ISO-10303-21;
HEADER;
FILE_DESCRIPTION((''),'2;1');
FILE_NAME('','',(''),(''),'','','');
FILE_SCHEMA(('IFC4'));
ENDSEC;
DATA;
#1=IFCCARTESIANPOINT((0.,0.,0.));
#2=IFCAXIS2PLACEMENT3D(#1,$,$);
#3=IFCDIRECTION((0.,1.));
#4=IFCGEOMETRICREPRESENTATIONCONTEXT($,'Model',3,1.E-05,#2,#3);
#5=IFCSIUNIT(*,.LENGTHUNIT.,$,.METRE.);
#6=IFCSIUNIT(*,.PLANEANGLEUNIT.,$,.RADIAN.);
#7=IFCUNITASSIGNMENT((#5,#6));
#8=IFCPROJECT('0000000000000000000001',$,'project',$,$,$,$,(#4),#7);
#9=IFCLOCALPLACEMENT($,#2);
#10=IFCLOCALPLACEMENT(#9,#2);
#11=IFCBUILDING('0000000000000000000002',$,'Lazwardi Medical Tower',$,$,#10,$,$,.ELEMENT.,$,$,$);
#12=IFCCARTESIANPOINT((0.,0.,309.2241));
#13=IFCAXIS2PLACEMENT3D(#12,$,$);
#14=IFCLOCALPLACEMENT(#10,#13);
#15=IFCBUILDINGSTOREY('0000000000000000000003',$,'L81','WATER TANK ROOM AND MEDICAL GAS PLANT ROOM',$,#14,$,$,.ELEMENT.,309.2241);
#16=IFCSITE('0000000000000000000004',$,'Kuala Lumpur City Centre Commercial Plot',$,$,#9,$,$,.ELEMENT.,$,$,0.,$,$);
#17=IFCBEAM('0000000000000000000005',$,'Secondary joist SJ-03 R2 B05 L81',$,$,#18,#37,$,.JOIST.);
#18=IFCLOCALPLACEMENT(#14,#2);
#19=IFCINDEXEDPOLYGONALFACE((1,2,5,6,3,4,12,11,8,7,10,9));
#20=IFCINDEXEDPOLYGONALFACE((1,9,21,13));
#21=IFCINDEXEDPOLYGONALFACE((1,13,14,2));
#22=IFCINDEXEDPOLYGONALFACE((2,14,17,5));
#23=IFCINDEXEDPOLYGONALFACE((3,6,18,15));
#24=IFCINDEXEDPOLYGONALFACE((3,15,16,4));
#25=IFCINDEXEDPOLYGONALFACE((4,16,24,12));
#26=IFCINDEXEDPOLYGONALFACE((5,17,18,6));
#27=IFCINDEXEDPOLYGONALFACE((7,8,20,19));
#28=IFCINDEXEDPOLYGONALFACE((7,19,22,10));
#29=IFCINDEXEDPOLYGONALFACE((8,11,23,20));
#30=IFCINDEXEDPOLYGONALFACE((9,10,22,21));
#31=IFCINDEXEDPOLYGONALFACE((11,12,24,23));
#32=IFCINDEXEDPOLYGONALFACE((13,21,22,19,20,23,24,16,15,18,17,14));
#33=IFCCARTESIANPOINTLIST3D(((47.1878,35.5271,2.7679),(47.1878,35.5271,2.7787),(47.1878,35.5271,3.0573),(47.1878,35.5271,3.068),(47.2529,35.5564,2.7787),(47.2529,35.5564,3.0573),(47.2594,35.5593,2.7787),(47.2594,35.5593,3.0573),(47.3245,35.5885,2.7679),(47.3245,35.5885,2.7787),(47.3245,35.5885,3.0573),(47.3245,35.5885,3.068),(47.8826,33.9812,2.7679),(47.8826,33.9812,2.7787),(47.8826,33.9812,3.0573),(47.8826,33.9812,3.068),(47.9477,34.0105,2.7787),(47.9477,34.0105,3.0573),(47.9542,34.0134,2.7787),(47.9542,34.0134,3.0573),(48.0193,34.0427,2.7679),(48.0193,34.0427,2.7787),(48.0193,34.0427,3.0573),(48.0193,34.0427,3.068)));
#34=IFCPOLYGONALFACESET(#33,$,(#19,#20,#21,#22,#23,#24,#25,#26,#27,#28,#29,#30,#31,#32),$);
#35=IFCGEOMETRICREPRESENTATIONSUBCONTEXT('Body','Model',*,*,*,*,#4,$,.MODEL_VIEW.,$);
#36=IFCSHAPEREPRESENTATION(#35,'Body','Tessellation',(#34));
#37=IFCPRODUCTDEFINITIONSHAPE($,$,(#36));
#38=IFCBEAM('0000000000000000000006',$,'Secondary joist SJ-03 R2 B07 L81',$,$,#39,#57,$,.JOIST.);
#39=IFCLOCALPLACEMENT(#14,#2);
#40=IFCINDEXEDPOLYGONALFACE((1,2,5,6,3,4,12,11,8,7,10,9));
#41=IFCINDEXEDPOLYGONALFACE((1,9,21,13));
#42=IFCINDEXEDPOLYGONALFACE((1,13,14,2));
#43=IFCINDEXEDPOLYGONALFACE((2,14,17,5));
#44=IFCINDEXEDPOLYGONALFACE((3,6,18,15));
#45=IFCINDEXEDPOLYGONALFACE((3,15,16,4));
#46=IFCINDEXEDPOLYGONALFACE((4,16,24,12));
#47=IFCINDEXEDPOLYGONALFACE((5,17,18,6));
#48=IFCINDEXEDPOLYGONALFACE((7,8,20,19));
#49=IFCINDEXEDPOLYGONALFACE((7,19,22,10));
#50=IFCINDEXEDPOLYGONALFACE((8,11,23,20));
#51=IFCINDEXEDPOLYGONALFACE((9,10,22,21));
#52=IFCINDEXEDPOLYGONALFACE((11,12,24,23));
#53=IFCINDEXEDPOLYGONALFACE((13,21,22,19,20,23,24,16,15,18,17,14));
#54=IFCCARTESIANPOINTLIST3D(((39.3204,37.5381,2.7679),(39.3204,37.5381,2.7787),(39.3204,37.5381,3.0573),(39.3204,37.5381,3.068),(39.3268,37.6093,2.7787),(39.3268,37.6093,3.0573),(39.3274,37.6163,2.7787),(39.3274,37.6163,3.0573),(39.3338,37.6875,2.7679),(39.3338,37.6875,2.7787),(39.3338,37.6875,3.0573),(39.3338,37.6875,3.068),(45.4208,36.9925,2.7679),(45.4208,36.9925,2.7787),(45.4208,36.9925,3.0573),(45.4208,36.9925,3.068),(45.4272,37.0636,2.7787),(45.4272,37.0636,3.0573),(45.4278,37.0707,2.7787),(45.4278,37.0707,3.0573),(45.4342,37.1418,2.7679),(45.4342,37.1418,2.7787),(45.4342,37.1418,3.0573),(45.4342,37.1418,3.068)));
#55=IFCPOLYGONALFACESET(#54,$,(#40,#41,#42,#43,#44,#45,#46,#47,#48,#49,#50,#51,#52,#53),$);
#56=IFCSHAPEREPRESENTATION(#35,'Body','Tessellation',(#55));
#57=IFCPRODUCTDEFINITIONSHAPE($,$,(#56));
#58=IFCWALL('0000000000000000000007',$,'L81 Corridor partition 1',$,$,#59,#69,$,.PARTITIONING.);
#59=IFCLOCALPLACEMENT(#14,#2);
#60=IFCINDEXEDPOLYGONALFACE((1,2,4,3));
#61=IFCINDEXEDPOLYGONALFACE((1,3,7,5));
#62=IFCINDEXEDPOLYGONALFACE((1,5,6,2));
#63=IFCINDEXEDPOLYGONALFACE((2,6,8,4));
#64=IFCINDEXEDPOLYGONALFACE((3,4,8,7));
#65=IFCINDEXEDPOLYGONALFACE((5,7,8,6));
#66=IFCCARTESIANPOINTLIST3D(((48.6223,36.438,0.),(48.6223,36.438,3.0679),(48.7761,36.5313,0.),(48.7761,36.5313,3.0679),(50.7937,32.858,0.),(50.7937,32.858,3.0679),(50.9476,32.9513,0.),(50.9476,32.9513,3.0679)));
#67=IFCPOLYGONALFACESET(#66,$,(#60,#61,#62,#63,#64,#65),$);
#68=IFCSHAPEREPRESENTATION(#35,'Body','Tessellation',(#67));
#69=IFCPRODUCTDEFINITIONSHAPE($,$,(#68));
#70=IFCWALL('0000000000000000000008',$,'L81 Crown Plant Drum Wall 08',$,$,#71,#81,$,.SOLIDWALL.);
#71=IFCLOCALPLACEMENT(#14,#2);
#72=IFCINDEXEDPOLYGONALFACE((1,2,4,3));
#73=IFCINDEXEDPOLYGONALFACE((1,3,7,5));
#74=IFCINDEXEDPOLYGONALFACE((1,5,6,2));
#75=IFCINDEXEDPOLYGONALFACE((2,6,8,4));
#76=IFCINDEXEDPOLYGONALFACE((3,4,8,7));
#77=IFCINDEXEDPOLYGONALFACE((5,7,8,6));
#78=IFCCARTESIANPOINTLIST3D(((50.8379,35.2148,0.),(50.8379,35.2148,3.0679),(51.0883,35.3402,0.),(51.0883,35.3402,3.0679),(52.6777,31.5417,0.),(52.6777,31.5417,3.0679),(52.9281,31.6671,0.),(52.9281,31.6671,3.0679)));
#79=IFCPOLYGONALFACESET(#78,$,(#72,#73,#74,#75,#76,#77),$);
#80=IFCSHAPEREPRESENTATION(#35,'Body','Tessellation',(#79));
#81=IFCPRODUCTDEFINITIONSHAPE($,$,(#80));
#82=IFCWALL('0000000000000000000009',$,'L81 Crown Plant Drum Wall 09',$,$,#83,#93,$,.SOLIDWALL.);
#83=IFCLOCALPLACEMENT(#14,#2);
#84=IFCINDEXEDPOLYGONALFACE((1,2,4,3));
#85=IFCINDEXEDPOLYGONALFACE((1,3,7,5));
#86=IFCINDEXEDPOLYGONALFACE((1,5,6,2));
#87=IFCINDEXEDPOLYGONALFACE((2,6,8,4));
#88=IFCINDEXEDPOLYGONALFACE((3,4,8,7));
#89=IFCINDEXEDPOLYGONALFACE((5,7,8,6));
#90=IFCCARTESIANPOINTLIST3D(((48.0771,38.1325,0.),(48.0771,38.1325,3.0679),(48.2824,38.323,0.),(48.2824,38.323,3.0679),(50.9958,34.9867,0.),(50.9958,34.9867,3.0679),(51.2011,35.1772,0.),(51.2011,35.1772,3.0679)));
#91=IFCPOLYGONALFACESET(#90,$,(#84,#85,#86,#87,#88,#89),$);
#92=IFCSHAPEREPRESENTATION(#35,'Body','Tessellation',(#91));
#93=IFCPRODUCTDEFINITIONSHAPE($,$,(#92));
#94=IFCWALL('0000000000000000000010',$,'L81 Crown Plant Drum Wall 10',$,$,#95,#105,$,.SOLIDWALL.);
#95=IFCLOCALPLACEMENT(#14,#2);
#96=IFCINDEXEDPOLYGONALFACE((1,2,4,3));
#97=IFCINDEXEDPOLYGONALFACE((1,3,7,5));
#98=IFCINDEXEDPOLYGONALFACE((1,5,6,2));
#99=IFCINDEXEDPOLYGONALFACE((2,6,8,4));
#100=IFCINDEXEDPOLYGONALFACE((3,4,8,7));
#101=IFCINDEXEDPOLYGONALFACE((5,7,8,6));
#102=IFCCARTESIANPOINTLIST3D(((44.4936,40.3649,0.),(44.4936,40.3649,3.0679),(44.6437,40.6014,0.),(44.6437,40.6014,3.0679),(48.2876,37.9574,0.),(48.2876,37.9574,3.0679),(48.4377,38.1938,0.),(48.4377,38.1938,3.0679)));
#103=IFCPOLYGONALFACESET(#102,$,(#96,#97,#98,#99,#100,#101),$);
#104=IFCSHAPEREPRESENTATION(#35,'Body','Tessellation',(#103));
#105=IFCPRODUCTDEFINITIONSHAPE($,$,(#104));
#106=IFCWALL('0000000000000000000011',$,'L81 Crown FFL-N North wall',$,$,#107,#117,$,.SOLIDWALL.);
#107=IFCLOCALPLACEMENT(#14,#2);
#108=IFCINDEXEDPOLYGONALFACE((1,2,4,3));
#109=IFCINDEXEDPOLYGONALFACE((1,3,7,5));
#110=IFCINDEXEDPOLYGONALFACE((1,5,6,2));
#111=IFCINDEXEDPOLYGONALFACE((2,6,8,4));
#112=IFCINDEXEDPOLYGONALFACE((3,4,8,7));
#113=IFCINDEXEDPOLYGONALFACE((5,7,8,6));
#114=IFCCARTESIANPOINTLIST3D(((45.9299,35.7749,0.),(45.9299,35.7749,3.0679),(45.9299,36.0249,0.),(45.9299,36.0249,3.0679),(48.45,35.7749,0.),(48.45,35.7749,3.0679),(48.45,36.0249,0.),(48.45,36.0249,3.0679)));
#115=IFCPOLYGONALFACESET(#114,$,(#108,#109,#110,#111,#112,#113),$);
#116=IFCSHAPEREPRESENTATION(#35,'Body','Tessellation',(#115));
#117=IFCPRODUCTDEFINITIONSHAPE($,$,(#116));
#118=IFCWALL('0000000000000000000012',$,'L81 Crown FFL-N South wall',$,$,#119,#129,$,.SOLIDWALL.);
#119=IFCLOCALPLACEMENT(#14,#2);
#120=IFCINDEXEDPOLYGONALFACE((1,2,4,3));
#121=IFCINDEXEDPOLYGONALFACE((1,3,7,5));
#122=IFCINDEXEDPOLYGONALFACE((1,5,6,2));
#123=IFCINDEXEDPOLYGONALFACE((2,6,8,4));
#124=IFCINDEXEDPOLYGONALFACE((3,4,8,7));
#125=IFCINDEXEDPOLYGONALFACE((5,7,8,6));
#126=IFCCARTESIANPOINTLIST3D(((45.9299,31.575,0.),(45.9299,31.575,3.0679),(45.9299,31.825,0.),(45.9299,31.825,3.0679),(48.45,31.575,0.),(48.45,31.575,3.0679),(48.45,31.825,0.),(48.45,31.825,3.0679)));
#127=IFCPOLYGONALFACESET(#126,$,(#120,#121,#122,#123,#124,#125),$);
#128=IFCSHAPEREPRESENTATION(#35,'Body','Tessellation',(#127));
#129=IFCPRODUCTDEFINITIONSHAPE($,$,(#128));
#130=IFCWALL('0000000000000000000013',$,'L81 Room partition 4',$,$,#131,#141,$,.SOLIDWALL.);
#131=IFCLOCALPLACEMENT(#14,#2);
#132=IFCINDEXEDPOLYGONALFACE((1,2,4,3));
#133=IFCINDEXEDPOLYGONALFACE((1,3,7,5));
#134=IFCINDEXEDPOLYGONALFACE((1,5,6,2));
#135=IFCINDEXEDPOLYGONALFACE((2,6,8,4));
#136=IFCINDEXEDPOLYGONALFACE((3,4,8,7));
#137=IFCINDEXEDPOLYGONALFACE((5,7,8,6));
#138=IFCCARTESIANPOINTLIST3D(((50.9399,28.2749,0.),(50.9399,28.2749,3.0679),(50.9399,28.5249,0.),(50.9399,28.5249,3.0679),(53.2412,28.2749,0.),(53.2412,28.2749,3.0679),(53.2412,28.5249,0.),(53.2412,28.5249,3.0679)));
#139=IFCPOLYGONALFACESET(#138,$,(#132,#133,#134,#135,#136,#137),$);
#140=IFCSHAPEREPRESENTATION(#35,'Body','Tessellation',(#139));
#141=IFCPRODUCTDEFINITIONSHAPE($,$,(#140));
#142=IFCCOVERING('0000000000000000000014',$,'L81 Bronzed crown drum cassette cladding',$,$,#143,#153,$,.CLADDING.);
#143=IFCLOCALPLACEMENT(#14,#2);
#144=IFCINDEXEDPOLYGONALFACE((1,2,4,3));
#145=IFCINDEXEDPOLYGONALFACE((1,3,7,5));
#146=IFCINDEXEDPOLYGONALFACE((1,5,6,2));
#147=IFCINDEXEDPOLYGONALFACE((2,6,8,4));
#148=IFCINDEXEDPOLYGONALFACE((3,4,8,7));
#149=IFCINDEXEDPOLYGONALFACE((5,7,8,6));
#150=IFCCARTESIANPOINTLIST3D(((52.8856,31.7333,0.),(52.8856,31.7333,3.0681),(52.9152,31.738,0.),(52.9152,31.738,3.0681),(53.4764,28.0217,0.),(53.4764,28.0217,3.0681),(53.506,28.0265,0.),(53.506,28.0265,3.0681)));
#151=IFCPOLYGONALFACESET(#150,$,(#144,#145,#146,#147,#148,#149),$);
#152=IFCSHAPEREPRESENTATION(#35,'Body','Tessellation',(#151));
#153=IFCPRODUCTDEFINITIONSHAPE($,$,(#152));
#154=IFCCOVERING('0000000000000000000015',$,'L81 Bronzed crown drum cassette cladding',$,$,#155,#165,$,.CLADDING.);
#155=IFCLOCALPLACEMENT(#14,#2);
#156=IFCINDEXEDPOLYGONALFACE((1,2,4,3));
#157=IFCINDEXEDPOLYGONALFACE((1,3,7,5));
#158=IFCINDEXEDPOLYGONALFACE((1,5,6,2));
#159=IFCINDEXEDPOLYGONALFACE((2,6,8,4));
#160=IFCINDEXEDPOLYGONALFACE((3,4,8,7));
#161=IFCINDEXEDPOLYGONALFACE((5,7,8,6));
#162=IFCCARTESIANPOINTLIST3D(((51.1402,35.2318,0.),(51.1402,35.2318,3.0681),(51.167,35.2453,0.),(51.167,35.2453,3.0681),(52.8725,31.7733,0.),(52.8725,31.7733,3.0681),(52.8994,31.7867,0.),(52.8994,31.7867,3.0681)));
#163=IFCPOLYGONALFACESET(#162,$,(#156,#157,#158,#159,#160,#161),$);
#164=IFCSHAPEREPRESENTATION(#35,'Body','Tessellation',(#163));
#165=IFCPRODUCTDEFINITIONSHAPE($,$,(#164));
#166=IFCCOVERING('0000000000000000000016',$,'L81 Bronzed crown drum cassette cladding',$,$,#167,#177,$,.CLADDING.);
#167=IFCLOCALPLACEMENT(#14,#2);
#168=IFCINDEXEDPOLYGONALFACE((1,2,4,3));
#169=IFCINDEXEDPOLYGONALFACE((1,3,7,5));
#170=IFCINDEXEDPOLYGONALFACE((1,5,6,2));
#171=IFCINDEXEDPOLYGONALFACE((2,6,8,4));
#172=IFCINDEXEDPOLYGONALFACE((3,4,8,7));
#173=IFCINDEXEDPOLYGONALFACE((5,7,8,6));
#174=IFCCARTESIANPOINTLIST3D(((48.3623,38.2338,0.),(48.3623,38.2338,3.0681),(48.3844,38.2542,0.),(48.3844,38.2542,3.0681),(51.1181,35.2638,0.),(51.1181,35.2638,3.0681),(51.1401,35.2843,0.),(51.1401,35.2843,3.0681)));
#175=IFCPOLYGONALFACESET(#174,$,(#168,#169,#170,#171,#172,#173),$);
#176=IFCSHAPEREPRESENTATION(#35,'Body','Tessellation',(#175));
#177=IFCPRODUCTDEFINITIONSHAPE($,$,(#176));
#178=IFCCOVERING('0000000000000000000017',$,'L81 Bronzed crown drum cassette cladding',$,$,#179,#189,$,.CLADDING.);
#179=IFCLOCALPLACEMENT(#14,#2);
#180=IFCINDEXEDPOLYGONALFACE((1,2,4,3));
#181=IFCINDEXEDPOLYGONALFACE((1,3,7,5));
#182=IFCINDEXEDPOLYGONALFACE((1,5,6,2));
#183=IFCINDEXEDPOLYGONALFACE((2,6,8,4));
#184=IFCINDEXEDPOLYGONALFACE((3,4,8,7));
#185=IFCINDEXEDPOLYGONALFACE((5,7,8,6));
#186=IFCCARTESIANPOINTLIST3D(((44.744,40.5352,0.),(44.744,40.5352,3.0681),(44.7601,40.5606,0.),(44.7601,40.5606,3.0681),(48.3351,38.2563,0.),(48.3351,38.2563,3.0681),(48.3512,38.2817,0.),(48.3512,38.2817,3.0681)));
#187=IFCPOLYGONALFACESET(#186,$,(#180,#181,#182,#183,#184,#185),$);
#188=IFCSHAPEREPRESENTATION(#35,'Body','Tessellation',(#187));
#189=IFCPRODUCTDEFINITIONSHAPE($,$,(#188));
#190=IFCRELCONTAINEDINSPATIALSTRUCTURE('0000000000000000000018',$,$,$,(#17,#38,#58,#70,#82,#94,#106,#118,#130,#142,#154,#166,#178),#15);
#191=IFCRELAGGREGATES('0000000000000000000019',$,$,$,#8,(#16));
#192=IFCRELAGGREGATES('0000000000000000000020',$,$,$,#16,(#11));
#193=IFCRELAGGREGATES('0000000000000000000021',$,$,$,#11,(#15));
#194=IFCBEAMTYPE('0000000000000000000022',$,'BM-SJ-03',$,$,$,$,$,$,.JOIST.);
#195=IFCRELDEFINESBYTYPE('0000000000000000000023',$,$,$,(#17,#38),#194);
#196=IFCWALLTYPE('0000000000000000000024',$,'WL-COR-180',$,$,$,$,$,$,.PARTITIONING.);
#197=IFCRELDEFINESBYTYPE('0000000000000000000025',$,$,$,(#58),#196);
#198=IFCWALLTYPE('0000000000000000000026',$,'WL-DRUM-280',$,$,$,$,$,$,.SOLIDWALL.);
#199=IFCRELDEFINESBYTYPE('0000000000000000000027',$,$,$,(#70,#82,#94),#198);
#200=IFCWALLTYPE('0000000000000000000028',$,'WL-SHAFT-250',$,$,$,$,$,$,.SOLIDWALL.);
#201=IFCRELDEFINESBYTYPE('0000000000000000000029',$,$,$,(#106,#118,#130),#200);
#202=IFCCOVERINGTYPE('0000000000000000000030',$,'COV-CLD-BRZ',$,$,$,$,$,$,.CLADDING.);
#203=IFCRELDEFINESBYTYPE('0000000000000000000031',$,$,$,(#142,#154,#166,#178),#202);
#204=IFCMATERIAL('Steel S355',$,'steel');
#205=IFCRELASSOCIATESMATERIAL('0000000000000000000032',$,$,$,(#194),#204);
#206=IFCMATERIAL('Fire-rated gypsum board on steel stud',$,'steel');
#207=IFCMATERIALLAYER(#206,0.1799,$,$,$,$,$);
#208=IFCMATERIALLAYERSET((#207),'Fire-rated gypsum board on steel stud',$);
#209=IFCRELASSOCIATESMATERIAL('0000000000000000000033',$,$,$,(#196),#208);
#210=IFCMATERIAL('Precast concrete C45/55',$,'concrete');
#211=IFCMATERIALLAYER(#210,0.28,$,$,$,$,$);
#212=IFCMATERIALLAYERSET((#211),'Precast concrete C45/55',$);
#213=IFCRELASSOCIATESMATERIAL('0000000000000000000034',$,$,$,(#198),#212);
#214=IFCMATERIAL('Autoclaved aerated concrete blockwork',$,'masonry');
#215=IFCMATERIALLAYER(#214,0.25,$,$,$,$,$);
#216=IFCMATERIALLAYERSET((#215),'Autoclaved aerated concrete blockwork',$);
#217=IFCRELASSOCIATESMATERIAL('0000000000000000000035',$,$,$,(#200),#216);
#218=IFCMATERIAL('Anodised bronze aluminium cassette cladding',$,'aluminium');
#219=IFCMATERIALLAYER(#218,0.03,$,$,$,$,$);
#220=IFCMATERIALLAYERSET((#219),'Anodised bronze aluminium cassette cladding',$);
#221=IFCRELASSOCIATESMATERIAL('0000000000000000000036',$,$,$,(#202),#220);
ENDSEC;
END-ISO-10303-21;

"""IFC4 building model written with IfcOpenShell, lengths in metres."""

from ifc_helpers import new_model, si_unit, direction, frame, frame_2d, origin, origin_2d, place, context, subcontext, project, spatial, rectangle, i_section, extrude, material, layer, layer_set, material_profile, profile_set, type_object, element, save


model = new_model("IFC4")

# Units and contexts
model_context = context("Model", 3, precision=1e-05, world=origin(), true_north=direction((0.0, 1.0)))
body_context = subcontext(model_context, "Body", "Model", "MODEL_VIEW")
ifc_project = project(units=[si_unit("LENGTHUNIT", "METRE"), si_unit("PLANEANGLEUNIT", "RADIAN")], contexts=[model_context])

# Site, building, storey
site_placement = place(None, origin())
site = spatial("IfcSite", under=ifc_project, at=site_placement, Name="Kuala Lumpur City Centre Commercial Plot", CompositionType="ELEMENT", RefElevation=0.0)
building_placement = place(site_placement, origin())
building = spatial("IfcBuilding", under=site, at=building_placement, Name="Lazwardi Medical Tower", CompositionType="ELEMENT")
storey_placement = place(building_placement, frame((0.0, 0.0, 309.2241)))
storey = spatial("IfcBuildingStorey", under=building, at=storey_placement, Name="L81", Description="WATER TANK ROOM AND MEDICAL GAS PLANT ROOM", CompositionType="ELEMENT", Elevation=309.2241)

# Beams
ifc_material_1 = material(Name="Steel S355", Category="steel")
ifc_material_profile_1 = material_profile(ifc_material_1, i_section(OverallWidth=0.1499, OverallDepth=0.3, WebThickness=0.0071, FlangeThickness=0.0107, at=origin_2d()), Name="IPE 300")
ifc_profile_set_1 = profile_set([ifc_material_profile_1], Name="Steel S355")
beam_type_1 = type_object("IfcBeamType", Name="BM-SJ-03", PredefinedType="JOIST", material=ifc_profile_set_1)
beam_1_placement = place(storey_placement, frame((47.9509, 34.012, 2.918), z_axis=(-0.409957, 0.912105, 0.0), x_axis=(-0.912105, -0.409957, 0.0)))
element("IfcBeam", 1, at=beam_1_placement, inside=storey, type_object=beam_type_1, Name="Secondary joist SJ-03 R2 B05 L81", PredefinedType="JOIST", context=body_context, shape_type="SweptSolid", body=[
    extrude(i_section(OverallWidth=0.1499, OverallDepth=0.3, WebThickness=0.0071, FlangeThickness=0.0107, at=origin_2d()), origin(), (0.0, 0.0, 1.0), 1.6948),
])
beam_2_placement = place(storey_placement, frame((45.4275, 37.0671, 2.918), z_axis=(-0.996024, 0.089091, 0.0), x_axis=(-0.089091, -0.996024, 0.0)))
element("IfcBeam", 2, at=beam_2_placement, inside=storey, type_object=beam_type_1, Name="Secondary joist SJ-03 R2 B07 L81", PredefinedType="JOIST", context=body_context, shape_type="SweptSolid", body=[
    extrude(i_section(OverallWidth=0.1499, OverallDepth=0.3, WebThickness=0.0071, FlangeThickness=0.0107, at=origin_2d()), origin(), (0.0, 0.0, 1.0), 6.1248),
])

# Wall
ifc_material_2 = material(Name="Fire-rated gypsum board on steel stud", Category="steel")
ifc_layer_1 = layer(ifc_material_2, 0.1799)
ifc_layer_set_1 = layer_set([ifc_layer_1], Name="Fire-rated gypsum board on steel stud")
wall_type_1 = type_object("IfcWallType", Name="WL-COR-180", PredefinedType="PARTITIONING", material=ifc_layer_set_1)
wall_1_placement = place(storey_placement, frame((48.6992, 36.4846, 0.0), z_axis=(0.0, 0.0, 1.0), x_axis=(0.518614, -0.855008, 0.0)))
element("IfcWall", 3, at=wall_1_placement, inside=storey, type_object=wall_type_1, Name="L81 Corridor partition 1", PredefinedType="PARTITIONING", context=body_context, shape_type="SweptSolid", body=[
    extrude(rectangle(XDim=4.187, YDim=0.1799, at=frame_2d((2.0935, 0.0))), origin(), (0.0, 0.0, 1.0), 3.0679),
])

# Walls
ifc_material_3 = material(Name="Precast concrete C45/55", Category="concrete")
ifc_layer_2 = layer(ifc_material_3, 0.28)
ifc_layer_set_2 = layer_set([ifc_layer_2], Name="Precast concrete C45/55")
wall_type_2 = type_object("IfcWallType", Name="WL-DRUM-280", PredefinedType="SOLIDWALL", material=ifc_layer_set_2)
wall_2_placement = place(storey_placement, frame((52.803, 31.6042, 0.0), z_axis=(0.0, 0.0, 1.0), x_axis=(-0.447855, 0.894106, 0.0)))
element("IfcWall", 4, at=wall_2_placement, inside=storey, type_object=wall_type_2, Name="L81 Crown Plant Drum Wall 08", PredefinedType="SOLIDWALL", context=body_context, shape_type="SweptSolid", body=[
    extrude(rectangle(XDim=4.1082, YDim=0.28, at=frame_2d((2.0542, 0.0))), origin(), (0.0, 0.0, 1.0), 3.0679),
])
wall_3_placement = place(storey_placement, frame((51.0984, 35.082, 0.0), z_axis=(0.0, 0.0, 1.0), x_axis=(-0.680156, 0.733067, 0.0)))
element("IfcWall", 5, at=wall_3_placement, inside=storey, type_object=wall_type_2, Name="L81 Crown Plant Drum Wall 09", PredefinedType="SOLIDWALL", context=body_context, shape_type="SweptSolid", body=[
    extrude(rectangle(XDim=4.2913, YDim=0.28, at=frame_2d((2.1455, 0.0))), origin(), (0.0, 0.0, 1.0), 3.0679),
])
wall_4_placement = place(storey_placement, frame((48.3625, 38.0757, 0.0), z_axis=(0.0, 0.0, 1.0), x_axis=(-0.844352, 0.535789, 0.0)))
element("IfcWall", 6, at=wall_4_placement, inside=storey, type_object=wall_type_2, Name="L81 Crown Plant Drum Wall 10", PredefinedType="SOLIDWALL", context=body_context, shape_type="SweptSolid", body=[
    extrude(rectangle(XDim=4.4934, YDim=0.28, at=frame_2d((2.2466, 0.0))), origin(), (0.0, 0.0, 1.0), 3.0679),
])
ifc_material_4 = material(Name="Autoclaved aerated concrete blockwork", Category="masonry")
ifc_layer_3 = layer(ifc_material_4, 0.25)
ifc_layer_set_3 = layer_set([ifc_layer_3], Name="Autoclaved aerated concrete blockwork")
wall_type_3 = type_object("IfcWallType", Name="WL-SHAFT-250", PredefinedType="SOLIDWALL", material=ifc_layer_set_3)
for number, where, z_axis, x_axis, name in (
    (7, (45.9299, 35.8999, 0.0), (0.0, 0.0, 1.0), (1.0, 0.0, 0.0), "L81 Crown FFL-N North wall"),
    (8, (45.9299, 31.7, 0.0), (0.0, 0.0, 1.0), (1.0, 0.0, 0.0), "L81 Crown FFL-N South wall"),
):
    element("IfcWall", number, at=place(storey_placement, frame(where, z_axis=z_axis, x_axis=x_axis)), inside=storey, type_object=wall_type_3, Name=name, PredefinedType="SOLIDWALL", context=body_context, shape_type="SweptSolid", body=[
        extrude(rectangle(XDim=2.52, YDim=0.25, at=frame_2d((1.26, 0.0))), origin(), (0.0, 0.0, 1.0), 3.0679),
    ])
wall_5_placement = place(storey_placement, frame((50.9399, 28.3999, 0.0), z_axis=(0.0, 0.0, 1.0), x_axis=(1.0, 0.0, 0.0)))
element("IfcWall", 9, at=wall_5_placement, inside=storey, type_object=wall_type_3, Name="L81 Room partition 4", PredefinedType="SOLIDWALL", context=body_context, shape_type="SweptSolid", body=[
    extrude(rectangle(XDim=2.3013, YDim=0.25, at=frame_2d((1.1506, 0.0))), origin(), (0.0, 0.0, 1.0), 3.0679),
])

# Coverings
ifc_material_5 = material(Name="Anodised bronze aluminium cassette cladding", Category="aluminium")
ifc_layer_4 = layer(ifc_material_5, 0.03)
ifc_layer_set_4 = layer_set([ifc_layer_4], Name="Anodised bronze aluminium cassette cladding")
covering_type = type_object("IfcCoveringType", Name="COV-CLD-BRZ", PredefinedType="CLADDING", material=ifc_layer_set_4)
covering_1_placement = place(storey_placement, frame((53.1958, 29.8799, 0.0), z_axis=(0.0, 0.0, 1.0), x_axis=(-0.157202, 0.987567, 0.0)))
element("IfcCovering", 10, at=covering_1_placement, inside=storey, type_object=covering_type, Name="L81 Bronzed crown drum cassette cladding", PredefinedType="CLADDING", context=body_context, shape_type="SweptSolid", body=[
    extrude(rectangle(XDim=3.7583, YDim=0.03, at=origin_2d()), origin(), (0.0, 0.0, 1.0), 3.0681),
])
covering_2_placement = place(storey_placement, frame((52.0198, 33.5093, 0.0), z_axis=(0.0, 0.0, 1.0), x_axis=(-0.447845, 0.894111, 0.0)))
element("IfcCovering", 11, at=covering_2_placement, inside=storey, type_object=covering_type, Name="L81 Bronzed crown drum cassette cladding", PredefinedType="CLADDING", context=body_context, shape_type="SweptSolid", body=[
    extrude(rectangle(XDim=3.8682, YDim=0.03, at=origin_2d()), origin(), (0.0, 0.0, 1.0), 3.0681),
])
covering_3_placement = place(storey_placement, frame((49.7512, 36.759, 0.0), z_axis=(0.0, 0.0, 1.0), x_axis=(-0.680177, 0.733048, 0.0)))
element("IfcCovering", 12, at=covering_3_placement, inside=storey, type_object=covering_type, Name="L81 Bronzed crown drum cassette cladding", PredefinedType="CLADDING", context=body_context, shape_type="SweptSolid", body=[
    extrude(rectangle(XDim=4.0515, YDim=0.03, at=origin_2d()), origin(), (0.0, 0.0, 1.0), 3.0681),
])
covering_4_placement = place(storey_placement, frame((46.5476, 39.4084, 0.0), z_axis=(0.0, 0.0, 1.0), x_axis=(-0.844343, 0.535803, 0.0)))
element("IfcCovering", 13, at=covering_4_placement, inside=storey, type_object=covering_type, Name="L81 Bronzed crown drum cassette cladding", PredefinedType="CLADDING", context=body_context, shape_type="SweptSolid", body=[
    extrude(rectangle(XDim=4.2532, YDim=0.03, at=origin_2d()), origin(), (0.0, 0.0, 1.0), 3.0681),
])

save(model, "model.ifc")
